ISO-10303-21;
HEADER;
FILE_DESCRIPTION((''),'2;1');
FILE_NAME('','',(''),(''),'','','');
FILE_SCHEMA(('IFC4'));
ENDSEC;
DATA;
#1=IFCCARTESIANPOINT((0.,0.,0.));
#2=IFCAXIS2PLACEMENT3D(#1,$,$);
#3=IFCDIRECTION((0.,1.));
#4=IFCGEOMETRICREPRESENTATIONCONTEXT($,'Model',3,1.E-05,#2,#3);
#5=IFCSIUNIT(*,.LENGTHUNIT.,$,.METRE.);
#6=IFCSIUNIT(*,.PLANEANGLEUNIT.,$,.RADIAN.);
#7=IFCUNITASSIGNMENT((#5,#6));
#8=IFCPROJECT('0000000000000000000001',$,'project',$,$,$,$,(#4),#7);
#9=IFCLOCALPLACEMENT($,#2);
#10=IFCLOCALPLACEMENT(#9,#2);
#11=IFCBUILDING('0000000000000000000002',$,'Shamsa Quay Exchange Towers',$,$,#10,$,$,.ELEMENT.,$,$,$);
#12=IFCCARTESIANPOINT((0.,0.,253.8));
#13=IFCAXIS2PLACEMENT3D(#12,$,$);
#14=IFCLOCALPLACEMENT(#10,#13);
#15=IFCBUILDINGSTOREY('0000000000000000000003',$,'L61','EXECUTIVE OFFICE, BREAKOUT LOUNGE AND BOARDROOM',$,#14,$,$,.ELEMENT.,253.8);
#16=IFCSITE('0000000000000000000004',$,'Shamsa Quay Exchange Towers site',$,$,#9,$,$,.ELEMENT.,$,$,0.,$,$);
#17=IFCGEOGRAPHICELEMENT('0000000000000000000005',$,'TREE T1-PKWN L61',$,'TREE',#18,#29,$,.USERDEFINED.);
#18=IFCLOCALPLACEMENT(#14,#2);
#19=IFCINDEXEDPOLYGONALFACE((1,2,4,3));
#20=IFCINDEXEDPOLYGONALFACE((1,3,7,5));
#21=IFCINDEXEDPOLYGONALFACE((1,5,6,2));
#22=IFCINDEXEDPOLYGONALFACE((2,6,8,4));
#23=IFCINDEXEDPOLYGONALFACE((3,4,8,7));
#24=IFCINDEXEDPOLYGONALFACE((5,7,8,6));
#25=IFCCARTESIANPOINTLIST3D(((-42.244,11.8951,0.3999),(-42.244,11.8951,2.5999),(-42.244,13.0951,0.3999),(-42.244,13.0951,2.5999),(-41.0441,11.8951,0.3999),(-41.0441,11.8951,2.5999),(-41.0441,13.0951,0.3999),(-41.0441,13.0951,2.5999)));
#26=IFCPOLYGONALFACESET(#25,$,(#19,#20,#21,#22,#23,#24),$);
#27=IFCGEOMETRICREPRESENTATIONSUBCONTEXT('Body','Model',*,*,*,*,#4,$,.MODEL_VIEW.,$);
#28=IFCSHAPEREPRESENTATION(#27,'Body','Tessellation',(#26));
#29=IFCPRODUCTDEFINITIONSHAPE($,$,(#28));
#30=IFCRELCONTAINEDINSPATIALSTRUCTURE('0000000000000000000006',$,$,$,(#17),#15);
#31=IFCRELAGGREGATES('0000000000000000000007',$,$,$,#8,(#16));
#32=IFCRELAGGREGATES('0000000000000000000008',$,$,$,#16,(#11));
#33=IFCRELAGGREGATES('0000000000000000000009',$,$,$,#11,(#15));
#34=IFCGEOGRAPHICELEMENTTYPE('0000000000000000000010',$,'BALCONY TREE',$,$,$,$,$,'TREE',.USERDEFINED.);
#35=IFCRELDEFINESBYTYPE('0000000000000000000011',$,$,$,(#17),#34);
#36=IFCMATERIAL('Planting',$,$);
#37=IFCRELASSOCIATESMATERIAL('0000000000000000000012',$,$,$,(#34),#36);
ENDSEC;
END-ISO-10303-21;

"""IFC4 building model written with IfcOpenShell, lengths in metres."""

from ifc_helpers import new_model, si_unit, direction, frame, origin, origin_2d, place, context, subcontext, project, spatial, rectangle, extrude, material, type_object, element, save


model = new_model("IFC4")

# Units and contexts
model_context = context("Model", 3, precision=1e-05, world=origin(), true_north=direction((0.0, 1.0)))
body_context = subcontext(model_context, "Body", "Model", "MODEL_VIEW")
ifc_project = project(units=[si_unit("LENGTHUNIT", "METRE"), si_unit("PLANEANGLEUNIT", "RADIAN")], contexts=[model_context])

# Site, building, storey
site_placement = place(None, origin())
site = spatial("IfcSite", under=ifc_project, at=site_placement, Name="Shamsa Quay Exchange Towers site", CompositionType="ELEMENT", RefElevation=0.0)
building_placement = place(site_placement, origin())
building = spatial("IfcBuilding", under=site, at=building_placement, Name="Shamsa Quay Exchange Towers", CompositionType="ELEMENT")
storey_placement = place(building_placement, frame((0.0, 0.0, 253.8)))
storey = spatial("IfcBuildingStorey", under=building, at=storey_placement, Name="L61", Description="EXECUTIVE OFFICE, BREAKOUT LOUNGE AND BOARDROOM", CompositionType="ELEMENT", Elevation=253.8)

# Geographic element
ifc_material_1 = material(Name="Planting")
geographic_element_type = type_object("IfcGeographicElementType", Name="BALCONY TREE", ElementType="TREE", PredefinedType="USERDEFINED", material=ifc_material_1)
geographic_element_placement = place(storey_placement, frame((-41.644, 12.4951, 0.3999), z_axis=(0.0, 0.0, 1.0), x_axis=(-1.0, 0.0, 0.0)))
element("IfcGeographicElement", 1, at=geographic_element_placement, inside=storey, type_object=geographic_element_type, Name="TREE T1-PKWN L61", ObjectType="TREE", PredefinedType="USERDEFINED", context=body_context, shape_type="SweptSolid", body=[
    extrude(rectangle(XDim=1.2, YDim=1.2, at=origin_2d()), origin(), (0.0, 0.0, 1.0), 2.2),
])

save(model, "model.ifc")
